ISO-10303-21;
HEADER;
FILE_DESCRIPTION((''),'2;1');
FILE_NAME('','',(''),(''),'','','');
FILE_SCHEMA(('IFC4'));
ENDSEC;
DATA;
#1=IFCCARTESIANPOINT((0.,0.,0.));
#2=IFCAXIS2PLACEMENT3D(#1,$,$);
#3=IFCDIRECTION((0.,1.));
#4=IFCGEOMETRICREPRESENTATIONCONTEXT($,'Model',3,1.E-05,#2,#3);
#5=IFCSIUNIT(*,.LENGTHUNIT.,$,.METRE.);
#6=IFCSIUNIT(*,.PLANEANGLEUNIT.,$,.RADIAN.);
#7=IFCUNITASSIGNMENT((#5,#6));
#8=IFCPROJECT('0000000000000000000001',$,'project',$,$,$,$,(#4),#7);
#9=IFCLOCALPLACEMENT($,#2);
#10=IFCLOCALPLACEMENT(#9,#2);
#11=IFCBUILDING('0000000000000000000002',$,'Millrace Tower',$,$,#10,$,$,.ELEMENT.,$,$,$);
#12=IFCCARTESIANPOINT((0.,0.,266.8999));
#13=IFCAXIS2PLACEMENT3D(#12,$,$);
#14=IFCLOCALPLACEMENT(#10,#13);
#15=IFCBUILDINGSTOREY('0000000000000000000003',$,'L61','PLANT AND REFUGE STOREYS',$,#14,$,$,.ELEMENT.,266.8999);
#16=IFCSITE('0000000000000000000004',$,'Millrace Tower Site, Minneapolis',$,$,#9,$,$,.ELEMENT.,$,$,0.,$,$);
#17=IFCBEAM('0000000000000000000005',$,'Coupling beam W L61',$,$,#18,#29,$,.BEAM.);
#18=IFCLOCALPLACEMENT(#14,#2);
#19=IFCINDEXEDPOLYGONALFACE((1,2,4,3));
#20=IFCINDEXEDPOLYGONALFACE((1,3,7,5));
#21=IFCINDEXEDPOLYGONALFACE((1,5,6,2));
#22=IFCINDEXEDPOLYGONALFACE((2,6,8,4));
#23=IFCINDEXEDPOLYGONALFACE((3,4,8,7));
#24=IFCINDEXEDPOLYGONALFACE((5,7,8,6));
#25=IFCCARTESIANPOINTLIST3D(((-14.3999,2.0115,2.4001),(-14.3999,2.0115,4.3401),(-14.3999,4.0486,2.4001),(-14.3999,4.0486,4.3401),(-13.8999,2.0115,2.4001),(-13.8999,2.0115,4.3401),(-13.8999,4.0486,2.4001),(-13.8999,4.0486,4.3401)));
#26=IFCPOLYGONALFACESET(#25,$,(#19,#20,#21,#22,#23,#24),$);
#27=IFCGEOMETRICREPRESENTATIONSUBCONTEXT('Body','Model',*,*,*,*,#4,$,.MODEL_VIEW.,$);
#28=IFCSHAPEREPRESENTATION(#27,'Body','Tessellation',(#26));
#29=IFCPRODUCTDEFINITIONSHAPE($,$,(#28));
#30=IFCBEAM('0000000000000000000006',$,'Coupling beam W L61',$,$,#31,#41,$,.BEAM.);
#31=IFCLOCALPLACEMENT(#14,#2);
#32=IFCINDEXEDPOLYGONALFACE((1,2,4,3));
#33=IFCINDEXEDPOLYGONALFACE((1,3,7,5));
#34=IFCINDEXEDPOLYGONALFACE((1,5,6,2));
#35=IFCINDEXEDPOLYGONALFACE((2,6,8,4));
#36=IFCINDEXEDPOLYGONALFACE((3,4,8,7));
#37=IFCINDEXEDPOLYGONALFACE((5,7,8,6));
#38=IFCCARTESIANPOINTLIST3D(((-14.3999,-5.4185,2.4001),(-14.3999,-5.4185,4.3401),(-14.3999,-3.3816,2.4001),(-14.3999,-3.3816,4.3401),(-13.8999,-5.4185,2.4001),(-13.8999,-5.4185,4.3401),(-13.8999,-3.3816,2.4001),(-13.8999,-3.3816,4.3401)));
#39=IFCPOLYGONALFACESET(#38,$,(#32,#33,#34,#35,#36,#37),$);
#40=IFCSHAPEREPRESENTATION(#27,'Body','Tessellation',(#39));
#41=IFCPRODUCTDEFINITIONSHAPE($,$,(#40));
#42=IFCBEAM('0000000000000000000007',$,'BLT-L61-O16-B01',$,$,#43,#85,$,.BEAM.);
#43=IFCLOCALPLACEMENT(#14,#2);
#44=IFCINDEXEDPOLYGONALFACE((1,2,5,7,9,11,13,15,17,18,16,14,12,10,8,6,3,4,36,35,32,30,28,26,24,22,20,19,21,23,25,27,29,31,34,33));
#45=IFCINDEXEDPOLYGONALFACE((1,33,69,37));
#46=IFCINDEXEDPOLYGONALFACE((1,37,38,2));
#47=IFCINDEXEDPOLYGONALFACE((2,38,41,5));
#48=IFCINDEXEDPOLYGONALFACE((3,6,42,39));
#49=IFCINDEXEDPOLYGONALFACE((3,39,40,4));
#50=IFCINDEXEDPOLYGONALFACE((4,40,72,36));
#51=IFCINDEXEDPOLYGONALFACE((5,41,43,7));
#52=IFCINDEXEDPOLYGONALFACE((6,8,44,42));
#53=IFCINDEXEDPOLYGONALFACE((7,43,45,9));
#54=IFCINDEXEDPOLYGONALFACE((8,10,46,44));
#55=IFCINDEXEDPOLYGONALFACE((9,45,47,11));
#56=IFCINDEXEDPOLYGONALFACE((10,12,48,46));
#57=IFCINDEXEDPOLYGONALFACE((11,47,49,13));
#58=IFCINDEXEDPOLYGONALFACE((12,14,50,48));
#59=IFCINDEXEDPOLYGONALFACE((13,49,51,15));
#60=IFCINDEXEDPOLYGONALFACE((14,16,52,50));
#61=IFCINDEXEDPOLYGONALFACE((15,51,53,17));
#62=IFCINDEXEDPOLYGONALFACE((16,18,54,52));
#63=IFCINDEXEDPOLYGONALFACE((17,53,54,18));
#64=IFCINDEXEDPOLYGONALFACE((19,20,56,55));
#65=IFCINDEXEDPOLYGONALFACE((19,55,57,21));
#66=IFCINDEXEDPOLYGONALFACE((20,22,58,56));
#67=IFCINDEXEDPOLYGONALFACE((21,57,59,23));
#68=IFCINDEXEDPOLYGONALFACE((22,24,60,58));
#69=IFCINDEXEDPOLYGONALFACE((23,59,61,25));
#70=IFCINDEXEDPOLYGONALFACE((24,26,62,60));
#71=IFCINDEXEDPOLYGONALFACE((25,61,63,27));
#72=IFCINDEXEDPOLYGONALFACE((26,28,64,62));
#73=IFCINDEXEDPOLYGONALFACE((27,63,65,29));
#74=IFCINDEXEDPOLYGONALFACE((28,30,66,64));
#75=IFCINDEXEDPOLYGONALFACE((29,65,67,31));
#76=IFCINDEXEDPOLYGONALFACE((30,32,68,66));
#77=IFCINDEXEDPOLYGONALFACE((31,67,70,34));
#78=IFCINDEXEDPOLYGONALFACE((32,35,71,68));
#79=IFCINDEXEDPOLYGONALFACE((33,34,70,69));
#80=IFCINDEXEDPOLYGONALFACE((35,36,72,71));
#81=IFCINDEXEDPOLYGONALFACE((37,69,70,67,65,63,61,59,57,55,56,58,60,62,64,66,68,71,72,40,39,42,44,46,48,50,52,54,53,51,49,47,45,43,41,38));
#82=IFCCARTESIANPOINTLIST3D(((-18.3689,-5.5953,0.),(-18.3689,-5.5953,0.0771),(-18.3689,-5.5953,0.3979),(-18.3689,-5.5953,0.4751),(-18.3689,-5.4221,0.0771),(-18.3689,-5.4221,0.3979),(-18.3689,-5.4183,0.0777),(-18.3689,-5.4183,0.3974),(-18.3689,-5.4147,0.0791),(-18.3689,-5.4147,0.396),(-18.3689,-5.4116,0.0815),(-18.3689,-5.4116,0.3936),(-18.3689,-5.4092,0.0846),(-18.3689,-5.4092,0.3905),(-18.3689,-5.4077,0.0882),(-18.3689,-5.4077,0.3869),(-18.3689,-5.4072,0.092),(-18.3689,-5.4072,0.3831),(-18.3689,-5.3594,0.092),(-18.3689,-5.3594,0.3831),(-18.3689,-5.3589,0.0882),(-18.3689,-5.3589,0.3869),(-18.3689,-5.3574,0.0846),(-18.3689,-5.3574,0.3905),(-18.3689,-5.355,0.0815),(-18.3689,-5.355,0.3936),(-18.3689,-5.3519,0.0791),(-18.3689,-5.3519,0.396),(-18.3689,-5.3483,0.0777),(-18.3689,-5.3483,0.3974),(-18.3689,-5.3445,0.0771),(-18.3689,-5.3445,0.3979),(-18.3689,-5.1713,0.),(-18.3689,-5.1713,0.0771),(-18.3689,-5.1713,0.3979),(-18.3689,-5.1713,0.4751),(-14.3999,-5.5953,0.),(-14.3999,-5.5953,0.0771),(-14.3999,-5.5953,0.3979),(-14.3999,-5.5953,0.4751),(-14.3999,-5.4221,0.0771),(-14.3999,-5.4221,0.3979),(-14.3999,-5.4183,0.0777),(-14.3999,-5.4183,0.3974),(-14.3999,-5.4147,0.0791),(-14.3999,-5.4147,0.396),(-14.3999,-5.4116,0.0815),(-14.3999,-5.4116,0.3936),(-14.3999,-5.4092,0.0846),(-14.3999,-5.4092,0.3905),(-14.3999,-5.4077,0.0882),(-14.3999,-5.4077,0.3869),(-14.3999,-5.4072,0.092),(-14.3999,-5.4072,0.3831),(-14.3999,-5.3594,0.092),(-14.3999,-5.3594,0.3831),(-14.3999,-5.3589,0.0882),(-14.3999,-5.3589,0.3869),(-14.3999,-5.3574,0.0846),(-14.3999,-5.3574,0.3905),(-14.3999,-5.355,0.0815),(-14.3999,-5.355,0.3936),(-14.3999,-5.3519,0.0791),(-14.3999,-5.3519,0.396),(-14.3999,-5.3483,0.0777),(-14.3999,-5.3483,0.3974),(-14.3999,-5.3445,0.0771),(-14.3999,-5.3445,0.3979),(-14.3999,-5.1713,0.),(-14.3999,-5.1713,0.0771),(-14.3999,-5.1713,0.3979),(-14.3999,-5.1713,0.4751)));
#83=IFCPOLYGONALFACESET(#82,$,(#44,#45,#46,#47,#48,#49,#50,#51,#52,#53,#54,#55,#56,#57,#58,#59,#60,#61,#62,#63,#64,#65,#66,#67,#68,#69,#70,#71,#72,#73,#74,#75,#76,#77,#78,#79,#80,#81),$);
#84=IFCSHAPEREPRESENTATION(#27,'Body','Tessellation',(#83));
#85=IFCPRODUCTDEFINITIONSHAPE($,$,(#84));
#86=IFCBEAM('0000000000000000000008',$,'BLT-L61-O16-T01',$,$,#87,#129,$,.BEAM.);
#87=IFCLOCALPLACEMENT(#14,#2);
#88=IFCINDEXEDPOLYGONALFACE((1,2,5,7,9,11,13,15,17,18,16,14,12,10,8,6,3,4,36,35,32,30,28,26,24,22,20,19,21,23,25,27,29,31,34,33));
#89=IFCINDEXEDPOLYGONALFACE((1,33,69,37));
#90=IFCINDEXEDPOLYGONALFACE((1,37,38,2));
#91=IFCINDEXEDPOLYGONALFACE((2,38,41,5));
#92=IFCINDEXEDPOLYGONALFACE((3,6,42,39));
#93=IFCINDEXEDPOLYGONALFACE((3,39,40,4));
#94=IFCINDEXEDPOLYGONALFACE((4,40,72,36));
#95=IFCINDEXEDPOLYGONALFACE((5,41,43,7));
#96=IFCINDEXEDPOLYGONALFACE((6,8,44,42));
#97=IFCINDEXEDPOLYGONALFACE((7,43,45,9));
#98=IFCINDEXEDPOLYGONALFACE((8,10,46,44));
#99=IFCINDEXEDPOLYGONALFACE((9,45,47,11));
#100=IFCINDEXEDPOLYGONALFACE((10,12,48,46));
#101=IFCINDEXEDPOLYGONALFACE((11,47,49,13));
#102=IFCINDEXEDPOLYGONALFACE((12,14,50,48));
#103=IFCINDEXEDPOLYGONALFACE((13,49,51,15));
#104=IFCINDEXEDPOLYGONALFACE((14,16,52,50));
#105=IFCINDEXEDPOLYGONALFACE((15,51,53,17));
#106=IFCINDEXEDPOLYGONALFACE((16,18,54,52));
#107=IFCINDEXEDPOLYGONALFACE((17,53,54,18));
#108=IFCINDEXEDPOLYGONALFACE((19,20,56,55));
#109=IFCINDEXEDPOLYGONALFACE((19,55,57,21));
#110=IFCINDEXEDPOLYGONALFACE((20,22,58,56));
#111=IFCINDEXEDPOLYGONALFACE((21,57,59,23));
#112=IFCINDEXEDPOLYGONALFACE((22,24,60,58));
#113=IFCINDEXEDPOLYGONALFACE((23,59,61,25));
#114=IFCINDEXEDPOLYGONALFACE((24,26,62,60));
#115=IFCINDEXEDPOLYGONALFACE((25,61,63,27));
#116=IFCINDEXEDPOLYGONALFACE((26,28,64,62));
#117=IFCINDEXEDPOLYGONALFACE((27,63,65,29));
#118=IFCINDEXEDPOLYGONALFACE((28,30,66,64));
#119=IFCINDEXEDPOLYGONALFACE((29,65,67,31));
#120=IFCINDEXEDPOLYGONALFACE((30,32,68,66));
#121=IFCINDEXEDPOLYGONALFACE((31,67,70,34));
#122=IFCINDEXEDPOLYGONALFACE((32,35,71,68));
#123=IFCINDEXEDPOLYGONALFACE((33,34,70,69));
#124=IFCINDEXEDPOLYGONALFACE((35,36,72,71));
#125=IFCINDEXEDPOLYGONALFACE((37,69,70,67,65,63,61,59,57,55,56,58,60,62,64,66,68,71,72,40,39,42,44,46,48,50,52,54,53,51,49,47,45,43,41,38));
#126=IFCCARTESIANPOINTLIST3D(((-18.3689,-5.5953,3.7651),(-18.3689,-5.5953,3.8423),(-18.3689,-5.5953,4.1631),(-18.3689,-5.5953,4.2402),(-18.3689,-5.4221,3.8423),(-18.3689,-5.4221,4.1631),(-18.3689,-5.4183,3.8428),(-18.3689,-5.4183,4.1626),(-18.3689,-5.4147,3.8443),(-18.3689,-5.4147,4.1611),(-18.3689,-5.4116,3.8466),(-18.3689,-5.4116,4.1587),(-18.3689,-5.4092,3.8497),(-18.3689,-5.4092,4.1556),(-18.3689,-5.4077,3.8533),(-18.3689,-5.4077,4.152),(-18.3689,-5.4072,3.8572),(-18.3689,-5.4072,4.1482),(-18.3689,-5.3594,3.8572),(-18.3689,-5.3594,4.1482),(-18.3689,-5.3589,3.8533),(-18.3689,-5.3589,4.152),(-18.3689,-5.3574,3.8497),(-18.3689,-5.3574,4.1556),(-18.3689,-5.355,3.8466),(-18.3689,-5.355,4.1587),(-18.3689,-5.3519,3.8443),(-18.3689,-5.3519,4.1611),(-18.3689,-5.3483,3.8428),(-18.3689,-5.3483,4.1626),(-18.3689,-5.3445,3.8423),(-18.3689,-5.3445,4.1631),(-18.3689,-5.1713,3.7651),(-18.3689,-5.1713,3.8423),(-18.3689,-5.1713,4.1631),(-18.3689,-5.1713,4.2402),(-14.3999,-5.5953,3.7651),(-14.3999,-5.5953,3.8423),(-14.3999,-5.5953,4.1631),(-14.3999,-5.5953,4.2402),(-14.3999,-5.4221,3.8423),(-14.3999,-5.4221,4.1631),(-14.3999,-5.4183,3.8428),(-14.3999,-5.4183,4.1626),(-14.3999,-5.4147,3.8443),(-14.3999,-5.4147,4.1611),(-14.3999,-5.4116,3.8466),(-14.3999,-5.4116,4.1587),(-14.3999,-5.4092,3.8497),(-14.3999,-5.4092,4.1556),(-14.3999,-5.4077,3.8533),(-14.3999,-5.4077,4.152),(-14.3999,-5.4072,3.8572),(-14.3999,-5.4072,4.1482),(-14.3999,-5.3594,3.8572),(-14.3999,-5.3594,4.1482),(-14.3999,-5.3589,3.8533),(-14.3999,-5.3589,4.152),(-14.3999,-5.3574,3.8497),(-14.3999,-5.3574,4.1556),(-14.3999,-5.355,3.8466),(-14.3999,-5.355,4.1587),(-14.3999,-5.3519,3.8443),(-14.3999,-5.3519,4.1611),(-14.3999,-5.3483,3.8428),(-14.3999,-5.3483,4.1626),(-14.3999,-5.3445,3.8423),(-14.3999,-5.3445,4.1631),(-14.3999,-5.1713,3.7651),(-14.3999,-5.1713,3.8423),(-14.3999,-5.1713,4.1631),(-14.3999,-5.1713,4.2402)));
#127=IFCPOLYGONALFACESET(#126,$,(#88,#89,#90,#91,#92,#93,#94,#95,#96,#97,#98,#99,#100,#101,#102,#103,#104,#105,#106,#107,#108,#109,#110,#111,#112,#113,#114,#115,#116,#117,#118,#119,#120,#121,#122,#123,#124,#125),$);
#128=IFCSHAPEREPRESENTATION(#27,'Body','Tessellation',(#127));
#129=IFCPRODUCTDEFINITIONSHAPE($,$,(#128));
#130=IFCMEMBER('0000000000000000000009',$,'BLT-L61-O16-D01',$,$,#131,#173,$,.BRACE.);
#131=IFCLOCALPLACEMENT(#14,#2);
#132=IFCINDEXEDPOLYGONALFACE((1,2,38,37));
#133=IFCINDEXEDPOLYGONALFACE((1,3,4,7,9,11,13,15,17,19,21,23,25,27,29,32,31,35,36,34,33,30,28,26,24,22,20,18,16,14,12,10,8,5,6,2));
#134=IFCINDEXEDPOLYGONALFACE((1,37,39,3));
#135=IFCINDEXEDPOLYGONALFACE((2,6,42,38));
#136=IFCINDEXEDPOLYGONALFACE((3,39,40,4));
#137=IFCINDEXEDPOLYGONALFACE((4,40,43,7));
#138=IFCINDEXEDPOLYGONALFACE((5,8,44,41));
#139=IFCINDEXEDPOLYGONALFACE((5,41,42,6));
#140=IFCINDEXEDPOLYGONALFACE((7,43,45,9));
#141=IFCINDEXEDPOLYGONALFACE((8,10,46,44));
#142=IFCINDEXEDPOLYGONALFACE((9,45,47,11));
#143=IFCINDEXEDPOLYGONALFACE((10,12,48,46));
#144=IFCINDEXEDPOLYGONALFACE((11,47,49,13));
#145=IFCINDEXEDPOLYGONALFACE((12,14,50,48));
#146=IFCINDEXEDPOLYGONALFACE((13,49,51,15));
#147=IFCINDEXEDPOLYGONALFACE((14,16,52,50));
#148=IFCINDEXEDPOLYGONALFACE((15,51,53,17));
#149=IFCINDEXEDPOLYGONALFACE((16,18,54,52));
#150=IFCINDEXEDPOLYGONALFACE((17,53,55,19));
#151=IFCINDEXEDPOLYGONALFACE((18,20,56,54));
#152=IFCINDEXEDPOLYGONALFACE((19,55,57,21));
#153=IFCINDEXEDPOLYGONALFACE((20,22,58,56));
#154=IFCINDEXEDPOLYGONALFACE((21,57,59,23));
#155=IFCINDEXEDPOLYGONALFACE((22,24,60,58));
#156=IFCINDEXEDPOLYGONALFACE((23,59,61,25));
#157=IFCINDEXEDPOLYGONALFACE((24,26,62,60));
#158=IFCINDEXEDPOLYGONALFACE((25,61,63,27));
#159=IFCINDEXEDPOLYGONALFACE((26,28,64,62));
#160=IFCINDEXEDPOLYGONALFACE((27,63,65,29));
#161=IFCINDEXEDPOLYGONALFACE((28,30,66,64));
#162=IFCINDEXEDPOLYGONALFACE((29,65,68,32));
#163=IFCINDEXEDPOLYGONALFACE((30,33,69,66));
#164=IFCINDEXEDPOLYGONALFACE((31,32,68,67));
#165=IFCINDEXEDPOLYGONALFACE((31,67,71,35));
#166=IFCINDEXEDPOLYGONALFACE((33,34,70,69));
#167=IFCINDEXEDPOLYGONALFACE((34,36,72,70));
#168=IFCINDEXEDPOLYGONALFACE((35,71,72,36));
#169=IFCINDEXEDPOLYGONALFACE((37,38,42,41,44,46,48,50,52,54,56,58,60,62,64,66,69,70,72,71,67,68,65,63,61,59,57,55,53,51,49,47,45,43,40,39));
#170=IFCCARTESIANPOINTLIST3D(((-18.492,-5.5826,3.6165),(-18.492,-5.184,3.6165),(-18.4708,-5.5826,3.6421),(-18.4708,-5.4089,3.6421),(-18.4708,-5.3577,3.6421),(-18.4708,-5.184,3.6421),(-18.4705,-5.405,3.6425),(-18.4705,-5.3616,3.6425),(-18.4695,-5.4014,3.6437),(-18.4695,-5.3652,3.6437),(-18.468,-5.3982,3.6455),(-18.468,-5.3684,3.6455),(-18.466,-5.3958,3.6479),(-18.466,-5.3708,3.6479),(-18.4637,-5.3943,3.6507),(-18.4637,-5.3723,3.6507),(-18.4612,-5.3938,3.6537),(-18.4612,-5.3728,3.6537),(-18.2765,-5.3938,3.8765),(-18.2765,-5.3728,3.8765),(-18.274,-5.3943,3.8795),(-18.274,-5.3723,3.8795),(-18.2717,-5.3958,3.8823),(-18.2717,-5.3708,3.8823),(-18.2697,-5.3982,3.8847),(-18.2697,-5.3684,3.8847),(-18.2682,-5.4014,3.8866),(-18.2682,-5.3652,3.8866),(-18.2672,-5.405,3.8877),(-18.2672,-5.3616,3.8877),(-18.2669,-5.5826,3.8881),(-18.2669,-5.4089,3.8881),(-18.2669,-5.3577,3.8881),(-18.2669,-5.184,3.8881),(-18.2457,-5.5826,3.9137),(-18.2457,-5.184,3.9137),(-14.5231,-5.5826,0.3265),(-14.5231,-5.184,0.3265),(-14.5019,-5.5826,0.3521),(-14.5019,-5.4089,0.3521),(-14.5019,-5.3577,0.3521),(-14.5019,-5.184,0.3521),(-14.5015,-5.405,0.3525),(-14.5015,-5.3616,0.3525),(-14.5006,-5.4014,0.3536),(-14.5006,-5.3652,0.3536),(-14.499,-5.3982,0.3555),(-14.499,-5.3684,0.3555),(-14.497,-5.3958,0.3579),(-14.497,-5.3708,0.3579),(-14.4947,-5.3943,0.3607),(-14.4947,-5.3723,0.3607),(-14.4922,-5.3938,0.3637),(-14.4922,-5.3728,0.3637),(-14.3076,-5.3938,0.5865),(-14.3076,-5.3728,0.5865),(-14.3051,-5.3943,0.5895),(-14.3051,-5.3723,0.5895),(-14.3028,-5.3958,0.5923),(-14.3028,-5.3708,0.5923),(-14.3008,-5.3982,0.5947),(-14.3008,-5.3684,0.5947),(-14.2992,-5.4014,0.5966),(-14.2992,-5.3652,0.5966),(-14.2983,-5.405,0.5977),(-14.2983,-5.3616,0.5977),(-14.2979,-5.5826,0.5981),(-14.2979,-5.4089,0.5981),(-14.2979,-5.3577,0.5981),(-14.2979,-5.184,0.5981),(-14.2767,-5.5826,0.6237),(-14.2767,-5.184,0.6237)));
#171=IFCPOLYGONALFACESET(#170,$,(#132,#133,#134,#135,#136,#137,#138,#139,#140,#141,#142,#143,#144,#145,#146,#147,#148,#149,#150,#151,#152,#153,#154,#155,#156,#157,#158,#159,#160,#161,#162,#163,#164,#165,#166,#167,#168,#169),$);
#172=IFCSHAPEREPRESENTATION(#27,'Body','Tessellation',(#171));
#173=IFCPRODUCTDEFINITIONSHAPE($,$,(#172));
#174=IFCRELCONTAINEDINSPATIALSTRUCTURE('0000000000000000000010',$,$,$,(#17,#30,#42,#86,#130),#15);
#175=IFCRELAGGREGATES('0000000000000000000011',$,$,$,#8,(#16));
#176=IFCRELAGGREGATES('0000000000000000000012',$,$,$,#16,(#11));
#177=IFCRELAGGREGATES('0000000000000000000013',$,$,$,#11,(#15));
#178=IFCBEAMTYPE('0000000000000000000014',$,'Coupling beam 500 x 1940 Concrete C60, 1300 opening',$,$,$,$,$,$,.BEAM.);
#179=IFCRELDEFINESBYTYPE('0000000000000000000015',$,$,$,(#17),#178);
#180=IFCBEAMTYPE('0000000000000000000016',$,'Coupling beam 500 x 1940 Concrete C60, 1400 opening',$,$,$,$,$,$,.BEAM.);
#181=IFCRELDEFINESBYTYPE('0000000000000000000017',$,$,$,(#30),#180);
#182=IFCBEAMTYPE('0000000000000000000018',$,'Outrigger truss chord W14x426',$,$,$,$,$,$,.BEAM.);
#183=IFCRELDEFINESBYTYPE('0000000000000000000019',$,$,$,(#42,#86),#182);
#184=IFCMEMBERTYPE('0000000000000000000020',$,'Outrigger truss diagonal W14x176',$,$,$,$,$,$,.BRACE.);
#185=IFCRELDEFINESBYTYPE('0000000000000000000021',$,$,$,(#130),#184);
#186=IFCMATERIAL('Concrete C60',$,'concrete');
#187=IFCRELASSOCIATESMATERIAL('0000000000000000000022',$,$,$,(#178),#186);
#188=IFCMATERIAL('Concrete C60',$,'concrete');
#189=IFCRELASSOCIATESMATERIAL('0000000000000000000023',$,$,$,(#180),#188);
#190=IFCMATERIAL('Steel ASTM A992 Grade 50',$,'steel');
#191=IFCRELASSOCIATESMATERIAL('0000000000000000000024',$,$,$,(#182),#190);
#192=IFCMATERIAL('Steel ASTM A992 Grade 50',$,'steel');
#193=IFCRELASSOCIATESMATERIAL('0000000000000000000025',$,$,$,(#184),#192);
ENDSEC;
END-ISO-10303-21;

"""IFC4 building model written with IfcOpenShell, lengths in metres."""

from ifc_helpers import new_model, si_unit, direction, frame, origin, origin_2d, place, context, subcontext, project, spatial, rectangle, i_section, extrude, material, material_profile, profile_set, type_object, element, save


model = new_model("IFC4")

# Units and contexts
model_context = context("Model", 3, precision=1e-05, world=origin(), true_north=direction((0.0, 1.0)))
body_context = subcontext(model_context, "Body", "Model", "MODEL_VIEW")
ifc_project = project(units=[si_unit("LENGTHUNIT", "METRE"), si_unit("PLANEANGLEUNIT", "RADIAN")], contexts=[model_context])

# Site, building, storey
site_placement = place(None, origin())
site = spatial("IfcSite", under=ifc_project, at=site_placement, Name="Millrace Tower Site, Minneapolis", CompositionType="ELEMENT", RefElevation=0.0)
building_placement = place(site_placement, origin())
building = spatial("IfcBuilding", under=site, at=building_placement, Name="Millrace Tower", CompositionType="ELEMENT")
storey_placement = place(building_placement, frame((0.0, 0.0, 266.8999)))
storey = spatial("IfcBuildingStorey", under=building, at=storey_placement, Name="L61", Description="PLANT AND REFUGE STOREYS", CompositionType="ELEMENT", Elevation=266.8999)

# Beams
ifc_material_1 = material(Name="Concrete C60", Category="concrete")
ifc_material_profile_1 = material_profile(ifc_material_1, rectangle(XDim=0.5, YDim=1.9399, at=origin_2d()))
ifc_profile_set_1 = profile_set([ifc_material_profile_1], Name="Concrete C60")
beam_type_1 = type_object("IfcBeamType", Name="Coupling beam 500 x 1940 Concrete C60, 1300 opening", PredefinedType="BEAM", material=ifc_profile_set_1)
beam_1_placement = place(storey_placement, frame((-14.1499, 2.0115, 3.3701), z_axis=(0.0, 1.0, 0.0), x_axis=(-1.0, 0.0, 0.0)))
element("IfcBeam", 1, at=beam_1_placement, inside=storey, type_object=beam_type_1, Name="Coupling beam W L61", PredefinedType="BEAM", context=body_context, shape_type="SweptSolid", body=[
    extrude(rectangle(XDim=0.5, YDim=1.9399, at=origin_2d()), origin(), (0.0, 0.0, 1.0), 2.0371),
])
ifc_material_2 = material(Name="Concrete C60", Category="concrete")
ifc_material_profile_2 = material_profile(ifc_material_2, rectangle(XDim=0.5, YDim=1.9399, at=origin_2d()))
ifc_profile_set_2 = profile_set([ifc_material_profile_2], Name="Concrete C60")
beam_type_2 = type_object("IfcBeamType", Name="Coupling beam 500 x 1940 Concrete C60, 1400 opening", PredefinedType="BEAM", material=ifc_profile_set_2)
beam_2_placement = place(storey_placement, frame((-14.1499, -5.4185, 3.3701), z_axis=(0.0, 1.0, 0.0), x_axis=(-1.0, 0.0, 0.0)))
element("IfcBeam", 2, at=beam_2_placement, inside=storey, type_object=beam_type_2, Name="Coupling beam W L61", PredefinedType="BEAM", context=body_context, shape_type="SweptSolid", body=[
    extrude(rectangle(XDim=0.5, YDim=1.9399, at=origin_2d()), origin(), (0.0, 0.0, 1.0), 2.0369),
])
ifc_material_3 = material(Name="Steel ASTM A992 Grade 50", Category="steel")
ifc_material_profile_3 = material_profile(ifc_material_3, i_section(OverallWidth=0.4241, OverallDepth=0.4751, WebThickness=0.0479, FlangeThickness=0.0771, FilletRadius=0.0149, at=origin_2d()))
ifc_profile_set_3 = profile_set([ifc_material_profile_3], Name="Steel ASTM A992 Grade 50")
beam_type_3 = type_object("IfcBeamType", Name="Outrigger truss chord W14x426", PredefinedType="BEAM", material=ifc_profile_set_3)
for number, where, z_axis, x_axis, name in (
    (3, (-14.3999, -5.3833, 0.2375), (-1.0, 0.0, 0.0), (0.0, -1.0, 0.0), "BLT-L61-O16-B01"),
    (4, (-14.3999, -5.3833, 4.0027), (-1.0, 0.0, 0.0), (0.0, -1.0, 0.0), "BLT-L61-O16-T01"),
):
    element("IfcBeam", number, at=place(storey_placement, frame(where, z_axis=z_axis, x_axis=x_axis)), inside=storey, type_object=beam_type_3, Name=name, PredefinedType="BEAM", context=body_context, shape_type="SweptSolid", body=[
        extrude(i_section(OverallWidth=0.4241, OverallDepth=0.4751, WebThickness=0.0479, FlangeThickness=0.0771, FilletRadius=0.0149, at=origin_2d()), origin(), (0.0, 0.0, 1.0), 3.969),
    ])

# Member
ifc_material_4 = material(Name="Steel ASTM A992 Grade 50", Category="steel")
ifc_material_profile_4 = material_profile(ifc_material_4, i_section(OverallWidth=0.3987, OverallDepth=0.386, WebThickness=0.021, FlangeThickness=0.0332, FilletRadius=0.0151, at=origin_2d()))
ifc_profile_set_4 = profile_set([ifc_material_profile_4], Name="Steel ASTM A992 Grade 50")
member_type_1 = type_object("IfcMemberType", Name="Outrigger truss diagonal W14x176", PredefinedType="BRACE", material=ifc_profile_set_4)
member_1_placement = place(storey_placement, frame((-14.3999, -5.3833, 0.4751), z_axis=(-0.769884, 0.0, 0.638184), x_axis=(0.0, -1.0, 0.0)))
element("IfcMember", 5, at=member_1_placement, inside=storey, type_object=member_type_1, Name="BLT-L61-O16-D01", PredefinedType="BRACE", context=body_context, shape_type="SweptSolid", body=[
    extrude(i_section(OverallWidth=0.3987, OverallDepth=0.386, WebThickness=0.021, FlangeThickness=0.0332, FilletRadius=0.0151, at=origin_2d()), origin(), (0.0, 0.0, 1.0), 5.1553),
])

save(model, "model.ifc")
